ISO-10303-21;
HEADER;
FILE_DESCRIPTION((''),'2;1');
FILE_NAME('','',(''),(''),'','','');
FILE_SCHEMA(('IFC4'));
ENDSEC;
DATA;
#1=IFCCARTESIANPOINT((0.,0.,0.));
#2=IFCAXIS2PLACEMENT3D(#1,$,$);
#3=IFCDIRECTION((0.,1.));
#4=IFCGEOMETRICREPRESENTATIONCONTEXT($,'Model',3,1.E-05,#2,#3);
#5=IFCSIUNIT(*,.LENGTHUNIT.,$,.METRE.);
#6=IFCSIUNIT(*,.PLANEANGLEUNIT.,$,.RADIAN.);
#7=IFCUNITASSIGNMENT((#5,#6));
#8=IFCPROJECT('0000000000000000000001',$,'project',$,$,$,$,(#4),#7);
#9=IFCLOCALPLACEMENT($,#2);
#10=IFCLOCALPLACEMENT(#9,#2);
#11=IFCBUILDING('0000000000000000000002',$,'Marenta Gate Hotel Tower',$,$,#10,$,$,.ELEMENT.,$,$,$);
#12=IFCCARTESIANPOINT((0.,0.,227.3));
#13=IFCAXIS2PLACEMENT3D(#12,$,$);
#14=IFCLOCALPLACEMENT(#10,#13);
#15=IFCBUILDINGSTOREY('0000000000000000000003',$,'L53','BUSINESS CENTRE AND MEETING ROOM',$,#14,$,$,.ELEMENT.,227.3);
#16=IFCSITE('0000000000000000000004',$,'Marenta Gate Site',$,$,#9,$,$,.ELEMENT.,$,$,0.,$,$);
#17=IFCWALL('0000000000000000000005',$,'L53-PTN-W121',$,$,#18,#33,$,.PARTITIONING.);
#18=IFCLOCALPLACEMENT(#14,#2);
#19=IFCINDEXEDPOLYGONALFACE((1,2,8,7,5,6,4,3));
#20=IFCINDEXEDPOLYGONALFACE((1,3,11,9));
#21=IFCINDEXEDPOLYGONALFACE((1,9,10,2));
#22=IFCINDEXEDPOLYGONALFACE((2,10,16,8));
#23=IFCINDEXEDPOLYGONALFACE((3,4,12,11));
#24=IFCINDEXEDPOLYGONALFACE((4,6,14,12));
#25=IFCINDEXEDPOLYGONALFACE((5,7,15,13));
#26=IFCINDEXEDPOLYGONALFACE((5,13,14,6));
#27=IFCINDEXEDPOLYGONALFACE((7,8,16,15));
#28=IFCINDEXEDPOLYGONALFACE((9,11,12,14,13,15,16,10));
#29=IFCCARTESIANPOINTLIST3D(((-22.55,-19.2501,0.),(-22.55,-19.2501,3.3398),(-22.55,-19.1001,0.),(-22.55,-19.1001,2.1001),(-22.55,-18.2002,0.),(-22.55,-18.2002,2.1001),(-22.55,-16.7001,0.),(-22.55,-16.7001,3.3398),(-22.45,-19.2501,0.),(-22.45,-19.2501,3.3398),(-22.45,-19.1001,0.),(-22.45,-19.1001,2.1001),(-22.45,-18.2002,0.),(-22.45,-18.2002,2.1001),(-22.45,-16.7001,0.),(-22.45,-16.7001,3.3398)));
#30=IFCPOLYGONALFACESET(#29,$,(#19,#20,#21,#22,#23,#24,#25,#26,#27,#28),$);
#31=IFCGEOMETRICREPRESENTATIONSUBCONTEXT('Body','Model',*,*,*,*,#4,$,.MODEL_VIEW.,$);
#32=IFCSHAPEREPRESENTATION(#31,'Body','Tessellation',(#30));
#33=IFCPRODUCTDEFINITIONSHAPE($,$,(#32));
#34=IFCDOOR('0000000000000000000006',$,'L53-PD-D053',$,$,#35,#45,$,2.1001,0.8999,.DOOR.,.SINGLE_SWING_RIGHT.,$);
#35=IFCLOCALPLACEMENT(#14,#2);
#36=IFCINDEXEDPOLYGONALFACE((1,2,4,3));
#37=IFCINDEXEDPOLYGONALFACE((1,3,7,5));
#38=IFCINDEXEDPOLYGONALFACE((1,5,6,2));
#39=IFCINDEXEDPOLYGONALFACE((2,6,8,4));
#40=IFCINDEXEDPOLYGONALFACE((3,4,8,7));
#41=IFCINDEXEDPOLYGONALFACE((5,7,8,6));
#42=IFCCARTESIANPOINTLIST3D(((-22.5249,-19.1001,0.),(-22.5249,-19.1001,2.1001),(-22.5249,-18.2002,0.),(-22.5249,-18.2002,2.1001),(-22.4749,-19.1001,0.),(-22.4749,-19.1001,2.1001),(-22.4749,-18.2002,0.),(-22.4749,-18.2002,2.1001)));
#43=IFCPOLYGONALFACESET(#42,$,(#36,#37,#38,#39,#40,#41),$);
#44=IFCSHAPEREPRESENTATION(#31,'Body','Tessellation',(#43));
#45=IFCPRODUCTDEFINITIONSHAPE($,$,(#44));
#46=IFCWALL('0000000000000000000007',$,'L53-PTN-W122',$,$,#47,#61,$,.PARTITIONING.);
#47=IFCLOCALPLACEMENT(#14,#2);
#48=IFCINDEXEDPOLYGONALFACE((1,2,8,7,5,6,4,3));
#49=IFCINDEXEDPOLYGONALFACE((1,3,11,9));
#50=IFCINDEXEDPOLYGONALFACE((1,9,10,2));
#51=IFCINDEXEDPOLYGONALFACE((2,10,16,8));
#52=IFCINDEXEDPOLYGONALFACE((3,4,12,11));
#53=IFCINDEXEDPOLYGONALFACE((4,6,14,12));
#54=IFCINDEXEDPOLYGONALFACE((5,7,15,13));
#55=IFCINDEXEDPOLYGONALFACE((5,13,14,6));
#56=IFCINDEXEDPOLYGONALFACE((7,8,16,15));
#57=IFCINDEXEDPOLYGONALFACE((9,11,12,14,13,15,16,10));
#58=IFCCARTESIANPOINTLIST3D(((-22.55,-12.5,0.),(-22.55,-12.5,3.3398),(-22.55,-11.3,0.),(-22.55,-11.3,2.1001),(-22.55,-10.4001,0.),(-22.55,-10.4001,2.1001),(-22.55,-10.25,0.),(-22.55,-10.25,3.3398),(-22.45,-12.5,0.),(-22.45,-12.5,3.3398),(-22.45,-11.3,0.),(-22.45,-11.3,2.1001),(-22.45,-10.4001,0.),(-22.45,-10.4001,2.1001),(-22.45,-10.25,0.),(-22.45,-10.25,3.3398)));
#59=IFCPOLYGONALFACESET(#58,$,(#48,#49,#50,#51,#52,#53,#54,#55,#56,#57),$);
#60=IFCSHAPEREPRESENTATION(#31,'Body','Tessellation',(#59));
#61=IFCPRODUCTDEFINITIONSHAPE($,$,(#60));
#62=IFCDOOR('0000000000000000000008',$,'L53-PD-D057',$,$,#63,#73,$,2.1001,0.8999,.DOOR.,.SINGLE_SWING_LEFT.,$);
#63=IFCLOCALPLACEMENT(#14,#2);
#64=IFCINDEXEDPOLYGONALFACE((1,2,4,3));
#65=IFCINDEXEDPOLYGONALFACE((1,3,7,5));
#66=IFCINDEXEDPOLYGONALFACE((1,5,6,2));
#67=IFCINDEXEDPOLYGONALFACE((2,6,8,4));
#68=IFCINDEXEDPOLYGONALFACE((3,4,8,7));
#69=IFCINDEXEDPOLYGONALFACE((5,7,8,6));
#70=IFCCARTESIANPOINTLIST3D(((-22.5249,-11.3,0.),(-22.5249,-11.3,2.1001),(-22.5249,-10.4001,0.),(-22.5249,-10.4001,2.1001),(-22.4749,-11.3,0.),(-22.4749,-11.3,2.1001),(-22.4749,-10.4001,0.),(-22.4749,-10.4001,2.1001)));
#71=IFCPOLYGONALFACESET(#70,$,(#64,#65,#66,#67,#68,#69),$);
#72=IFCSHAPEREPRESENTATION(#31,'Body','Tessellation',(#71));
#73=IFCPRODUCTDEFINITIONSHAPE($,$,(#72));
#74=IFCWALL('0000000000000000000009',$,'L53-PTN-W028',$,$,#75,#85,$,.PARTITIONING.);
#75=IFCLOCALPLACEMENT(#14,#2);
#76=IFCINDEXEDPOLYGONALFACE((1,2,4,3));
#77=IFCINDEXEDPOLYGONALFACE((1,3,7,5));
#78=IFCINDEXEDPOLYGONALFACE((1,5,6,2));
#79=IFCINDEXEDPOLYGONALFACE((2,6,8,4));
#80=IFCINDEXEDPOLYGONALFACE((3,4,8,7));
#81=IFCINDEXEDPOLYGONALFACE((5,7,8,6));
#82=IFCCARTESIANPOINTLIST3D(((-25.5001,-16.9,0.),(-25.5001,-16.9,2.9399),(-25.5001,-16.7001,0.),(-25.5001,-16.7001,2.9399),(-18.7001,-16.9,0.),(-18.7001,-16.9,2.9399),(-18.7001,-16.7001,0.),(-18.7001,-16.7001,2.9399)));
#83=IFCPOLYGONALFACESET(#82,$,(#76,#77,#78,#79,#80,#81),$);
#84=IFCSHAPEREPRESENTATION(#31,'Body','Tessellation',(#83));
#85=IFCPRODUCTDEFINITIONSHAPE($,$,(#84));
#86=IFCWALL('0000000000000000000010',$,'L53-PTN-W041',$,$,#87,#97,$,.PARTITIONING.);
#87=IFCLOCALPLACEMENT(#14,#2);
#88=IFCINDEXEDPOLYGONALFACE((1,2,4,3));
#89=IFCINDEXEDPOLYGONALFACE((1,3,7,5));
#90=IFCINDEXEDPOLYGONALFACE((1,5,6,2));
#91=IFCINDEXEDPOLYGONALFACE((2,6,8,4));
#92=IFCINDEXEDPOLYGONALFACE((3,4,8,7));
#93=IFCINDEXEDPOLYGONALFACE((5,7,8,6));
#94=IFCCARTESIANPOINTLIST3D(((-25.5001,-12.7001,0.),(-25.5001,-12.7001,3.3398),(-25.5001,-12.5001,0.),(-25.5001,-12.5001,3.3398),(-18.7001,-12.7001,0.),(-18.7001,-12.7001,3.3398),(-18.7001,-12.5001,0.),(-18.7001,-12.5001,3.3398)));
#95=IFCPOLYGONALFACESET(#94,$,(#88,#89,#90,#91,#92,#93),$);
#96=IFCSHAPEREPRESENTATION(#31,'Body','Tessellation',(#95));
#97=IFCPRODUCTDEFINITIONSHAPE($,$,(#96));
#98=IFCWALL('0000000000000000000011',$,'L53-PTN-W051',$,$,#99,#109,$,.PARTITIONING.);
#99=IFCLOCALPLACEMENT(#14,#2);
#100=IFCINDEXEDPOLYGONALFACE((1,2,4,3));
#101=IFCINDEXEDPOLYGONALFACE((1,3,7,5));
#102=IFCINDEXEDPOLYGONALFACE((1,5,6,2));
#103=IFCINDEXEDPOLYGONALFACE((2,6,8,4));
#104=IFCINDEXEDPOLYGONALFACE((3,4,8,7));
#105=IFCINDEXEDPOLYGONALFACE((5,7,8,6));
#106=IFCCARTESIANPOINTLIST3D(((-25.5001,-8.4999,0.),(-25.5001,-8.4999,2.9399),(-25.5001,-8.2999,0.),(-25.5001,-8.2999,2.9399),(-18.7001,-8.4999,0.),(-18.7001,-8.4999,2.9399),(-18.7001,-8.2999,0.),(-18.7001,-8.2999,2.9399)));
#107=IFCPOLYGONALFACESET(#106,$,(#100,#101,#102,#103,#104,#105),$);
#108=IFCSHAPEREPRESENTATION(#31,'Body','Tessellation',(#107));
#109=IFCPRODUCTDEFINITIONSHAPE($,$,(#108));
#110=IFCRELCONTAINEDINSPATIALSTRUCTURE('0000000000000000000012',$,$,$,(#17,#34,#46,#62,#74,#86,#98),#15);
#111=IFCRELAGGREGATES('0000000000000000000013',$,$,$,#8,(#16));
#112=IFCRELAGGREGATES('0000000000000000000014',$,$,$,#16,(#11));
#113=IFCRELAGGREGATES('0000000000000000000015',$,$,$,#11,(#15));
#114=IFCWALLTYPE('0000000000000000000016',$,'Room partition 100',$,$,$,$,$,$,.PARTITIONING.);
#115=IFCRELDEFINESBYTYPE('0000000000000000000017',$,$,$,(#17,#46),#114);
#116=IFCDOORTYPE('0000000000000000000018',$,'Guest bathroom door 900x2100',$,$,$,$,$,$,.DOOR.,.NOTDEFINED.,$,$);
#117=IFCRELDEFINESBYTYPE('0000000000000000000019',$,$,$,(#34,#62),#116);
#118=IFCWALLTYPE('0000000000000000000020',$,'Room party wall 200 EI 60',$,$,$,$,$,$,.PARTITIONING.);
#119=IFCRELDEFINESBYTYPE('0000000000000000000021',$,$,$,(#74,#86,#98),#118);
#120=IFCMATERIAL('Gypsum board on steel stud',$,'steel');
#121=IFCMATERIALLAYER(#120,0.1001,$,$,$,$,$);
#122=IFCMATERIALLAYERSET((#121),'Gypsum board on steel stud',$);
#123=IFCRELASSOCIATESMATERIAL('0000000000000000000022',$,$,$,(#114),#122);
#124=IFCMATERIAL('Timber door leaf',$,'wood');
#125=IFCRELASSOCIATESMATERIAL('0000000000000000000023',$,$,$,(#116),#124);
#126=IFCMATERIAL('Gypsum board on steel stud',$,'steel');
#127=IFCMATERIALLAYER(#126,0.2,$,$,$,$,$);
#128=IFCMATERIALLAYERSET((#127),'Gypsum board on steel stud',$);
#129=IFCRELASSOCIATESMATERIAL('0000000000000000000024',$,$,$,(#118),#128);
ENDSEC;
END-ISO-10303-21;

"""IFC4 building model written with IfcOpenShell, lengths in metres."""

from ifc_helpers import new_model, si_unit, direction, frame, frame_2d, origin, place, context, subcontext, project, spatial, rectangle, extrude, material, layer, layer_set, type_object, element, fill, save


model = new_model("IFC4")

# Units and contexts
model_context = context("Model", 3, precision=1e-05, world=origin(), true_north=direction((0.0, 1.0)))
body_context = subcontext(model_context, "Body", "Model", "MODEL_VIEW")
ifc_project = project(units=[si_unit("LENGTHUNIT", "METRE"), si_unit("PLANEANGLEUNIT", "RADIAN")], contexts=[model_context])

# Site, building, storey
site_placement = place(None, origin())
site = spatial("IfcSite", under=ifc_project, at=site_placement, Name="Marenta Gate Site", CompositionType="ELEMENT", RefElevation=0.0)
building_placement = place(site_placement, origin())
building = spatial("IfcBuilding", under=site, at=building_placement, Name="Marenta Gate Hotel Tower", CompositionType="ELEMENT")
storey_placement = place(building_placement, frame((0.0, 0.0, 227.3)))
storey = spatial("IfcBuildingStorey", under=building, at=storey_placement, Name="L53", Description="BUSINESS CENTRE AND MEETING ROOM", CompositionType="ELEMENT", Elevation=227.3)

# Shared definitions
ifc_material_1 = material(Name="Gypsum board on steel stud", Category="steel")
ifc_layer_1 = layer(ifc_material_1, 0.1001)
ifc_layer_set_1 = layer_set([ifc_layer_1], Name="Gypsum board on steel stud")
wall_type_1 = type_object("IfcWallType", Name="Room partition 100", PredefinedType="PARTITIONING", material=ifc_layer_set_1)

# Walls, openings, doors
ifc_material_2 = material(Name="Timber door leaf", Category="wood")
door_type = type_object("IfcDoorType", Name="Guest bathroom door 900x2100", OperationType="NOTDEFINED", PredefinedType="DOOR", material=ifc_material_2)
wall_1_placement = place(storey_placement, frame((-22.5, -19.25, 0.0), z_axis=(0.0, 0.0, 1.0), x_axis=(0.0, 1.0, 0.0)))
wall_1 = element("IfcWall", 1, at=wall_1_placement, inside=storey, type_object=wall_type_1, Name="L53-PTN-W121", PredefinedType="PARTITIONING", context=body_context, shape_type="SweptSolid", body=[
    extrude(rectangle(XDim=2.55, YDim=0.1001, at=frame_2d((1.2749, 0.0))), origin(), (0.0, 0.0, 1.0), 3.3398),
])
opening_1_placement = place(wall_1_placement, frame((0.1499, 0.0, 0.0)))
opening_1 = element("IfcOpeningElement", 2, at=opening_1_placement, cuts=wall_1, PredefinedType="OPENING", context=body_context, shape_type="SweptSolid", body=[
    extrude(rectangle(XDim=0.8999, YDim=2.1001, at=frame_2d((0.45, 1.05))), frame((0.0, 0.05, 0.0), z_axis=(0.0, -1.0, 0.0), x_axis=(1.0, 0.0, 0.0)), (0.0, 0.0, 1.0), 0.1001),
])
door_1_placement = place(opening_1_placement, origin())
door_1 = element("IfcDoor", 3, at=door_1_placement, inside=storey, type_object=door_type, Name="L53-PD-D053", OperationType="SINGLE_SWING_RIGHT", OverallHeight=2.1001, OverallWidth=0.8999, PredefinedType="DOOR", context=body_context, shape_type="SweptSolid", body=[
    extrude(rectangle(XDim=0.8999, YDim=2.1001, at=frame_2d((0.45, 1.05))), frame((0.0, 0.0249, 0.0), z_axis=(0.0, -1.0, 0.0), x_axis=(1.0, 0.0, 0.0)), (0.0, 0.0, 1.0), 0.05),
])
fill(opening_1, door_1)
wall_2_placement = place(storey_placement, frame((-22.5, -12.5, 0.0), z_axis=(0.0, 0.0, 1.0), x_axis=(0.0, 1.0, 0.0)))
wall_2 = element("IfcWall", 4, at=wall_2_placement, inside=storey, type_object=wall_type_1, Name="L53-PTN-W122", PredefinedType="PARTITIONING", context=body_context, shape_type="SweptSolid", body=[
    extrude(rectangle(XDim=2.25, YDim=0.1001, at=frame_2d((1.125, 0.0))), origin(), (0.0, 0.0, 1.0), 3.3398),
])
opening_2_placement = place(wall_2_placement, frame((1.2, 0.0, 0.0)))
opening_2 = element("IfcOpeningElement", 5, at=opening_2_placement, cuts=wall_2, PredefinedType="OPENING", context=body_context, shape_type="SweptSolid", body=[
    extrude(rectangle(XDim=0.8999, YDim=2.1001, at=frame_2d((0.45, 1.05))), frame((0.0, 0.05, 0.0), z_axis=(0.0, -1.0, 0.0), x_axis=(1.0, 0.0, 0.0)), (0.0, 0.0, 1.0), 0.1001),
])
door_2_placement = place(opening_2_placement, origin())
door_2 = element("IfcDoor", 6, at=door_2_placement, inside=storey, type_object=door_type, Name="L53-PD-D057", OperationType="SINGLE_SWING_LEFT", OverallHeight=2.1001, OverallWidth=0.8999, PredefinedType="DOOR", context=body_context, shape_type="SweptSolid", body=[
    extrude(rectangle(XDim=0.8999, YDim=2.1001, at=frame_2d((0.45, 1.05))), frame((0.0, 0.0249, 0.0), z_axis=(0.0, -1.0, 0.0), x_axis=(1.0, 0.0, 0.0)), (0.0, 0.0, 1.0), 0.05),
])
fill(opening_2, door_2)

# Walls
ifc_material_3 = material(Name="Gypsum board on steel stud", Category="steel")
ifc_layer_2 = layer(ifc_material_3, 0.2)
ifc_layer_set_2 = layer_set([ifc_layer_2], Name="Gypsum board on steel stud")
wall_type_2 = type_object("IfcWallType", Name="Room party wall 200 EI 60", PredefinedType="PARTITIONING", material=ifc_layer_set_2)
wall_3_placement = place(storey_placement, frame((-25.5, -16.8, 0.0), z_axis=(0.0, 0.0, 1.0), x_axis=(1.0, 0.0, 0.0)))
element("IfcWall", 7, at=wall_3_placement, inside=storey, type_object=wall_type_2, Name="L53-PTN-W028", PredefinedType="PARTITIONING", context=body_context, shape_type="SweptSolid", body=[
    extrude(rectangle(XDim=6.8, YDim=0.2, at=frame_2d((3.3999, 0.0))), origin(), (0.0, 0.0, 1.0), 2.9399),
])
wall_4_placement = place(storey_placement, frame((-25.5, -12.6001, 0.0), z_axis=(0.0, 0.0, 1.0), x_axis=(1.0, 0.0, 0.0)))
element("IfcWall", 8, at=wall_4_placement, inside=storey, type_object=wall_type_2, Name="L53-PTN-W041", PredefinedType="PARTITIONING", context=body_context, shape_type="SweptSolid", body=[
    extrude(rectangle(XDim=6.8, YDim=0.2, at=frame_2d((3.3999, 0.0))), origin(), (0.0, 0.0, 1.0), 3.3398),
])
wall_5_placement = place(storey_placement, frame((-25.5, -8.3999, 0.0), z_axis=(0.0, 0.0, 1.0), x_axis=(1.0, 0.0, 0.0)))
element("IfcWall", 9, at=wall_5_placement, inside=storey, type_object=wall_type_2, Name="L53-PTN-W051", PredefinedType="PARTITIONING", context=body_context, shape_type="SweptSolid", body=[
    extrude(rectangle(XDim=6.8, YDim=0.2, at=frame_2d((3.3999, 0.0))), origin(), (0.0, 0.0, 1.0), 2.9399),
])

save(model, "model.ifc")
